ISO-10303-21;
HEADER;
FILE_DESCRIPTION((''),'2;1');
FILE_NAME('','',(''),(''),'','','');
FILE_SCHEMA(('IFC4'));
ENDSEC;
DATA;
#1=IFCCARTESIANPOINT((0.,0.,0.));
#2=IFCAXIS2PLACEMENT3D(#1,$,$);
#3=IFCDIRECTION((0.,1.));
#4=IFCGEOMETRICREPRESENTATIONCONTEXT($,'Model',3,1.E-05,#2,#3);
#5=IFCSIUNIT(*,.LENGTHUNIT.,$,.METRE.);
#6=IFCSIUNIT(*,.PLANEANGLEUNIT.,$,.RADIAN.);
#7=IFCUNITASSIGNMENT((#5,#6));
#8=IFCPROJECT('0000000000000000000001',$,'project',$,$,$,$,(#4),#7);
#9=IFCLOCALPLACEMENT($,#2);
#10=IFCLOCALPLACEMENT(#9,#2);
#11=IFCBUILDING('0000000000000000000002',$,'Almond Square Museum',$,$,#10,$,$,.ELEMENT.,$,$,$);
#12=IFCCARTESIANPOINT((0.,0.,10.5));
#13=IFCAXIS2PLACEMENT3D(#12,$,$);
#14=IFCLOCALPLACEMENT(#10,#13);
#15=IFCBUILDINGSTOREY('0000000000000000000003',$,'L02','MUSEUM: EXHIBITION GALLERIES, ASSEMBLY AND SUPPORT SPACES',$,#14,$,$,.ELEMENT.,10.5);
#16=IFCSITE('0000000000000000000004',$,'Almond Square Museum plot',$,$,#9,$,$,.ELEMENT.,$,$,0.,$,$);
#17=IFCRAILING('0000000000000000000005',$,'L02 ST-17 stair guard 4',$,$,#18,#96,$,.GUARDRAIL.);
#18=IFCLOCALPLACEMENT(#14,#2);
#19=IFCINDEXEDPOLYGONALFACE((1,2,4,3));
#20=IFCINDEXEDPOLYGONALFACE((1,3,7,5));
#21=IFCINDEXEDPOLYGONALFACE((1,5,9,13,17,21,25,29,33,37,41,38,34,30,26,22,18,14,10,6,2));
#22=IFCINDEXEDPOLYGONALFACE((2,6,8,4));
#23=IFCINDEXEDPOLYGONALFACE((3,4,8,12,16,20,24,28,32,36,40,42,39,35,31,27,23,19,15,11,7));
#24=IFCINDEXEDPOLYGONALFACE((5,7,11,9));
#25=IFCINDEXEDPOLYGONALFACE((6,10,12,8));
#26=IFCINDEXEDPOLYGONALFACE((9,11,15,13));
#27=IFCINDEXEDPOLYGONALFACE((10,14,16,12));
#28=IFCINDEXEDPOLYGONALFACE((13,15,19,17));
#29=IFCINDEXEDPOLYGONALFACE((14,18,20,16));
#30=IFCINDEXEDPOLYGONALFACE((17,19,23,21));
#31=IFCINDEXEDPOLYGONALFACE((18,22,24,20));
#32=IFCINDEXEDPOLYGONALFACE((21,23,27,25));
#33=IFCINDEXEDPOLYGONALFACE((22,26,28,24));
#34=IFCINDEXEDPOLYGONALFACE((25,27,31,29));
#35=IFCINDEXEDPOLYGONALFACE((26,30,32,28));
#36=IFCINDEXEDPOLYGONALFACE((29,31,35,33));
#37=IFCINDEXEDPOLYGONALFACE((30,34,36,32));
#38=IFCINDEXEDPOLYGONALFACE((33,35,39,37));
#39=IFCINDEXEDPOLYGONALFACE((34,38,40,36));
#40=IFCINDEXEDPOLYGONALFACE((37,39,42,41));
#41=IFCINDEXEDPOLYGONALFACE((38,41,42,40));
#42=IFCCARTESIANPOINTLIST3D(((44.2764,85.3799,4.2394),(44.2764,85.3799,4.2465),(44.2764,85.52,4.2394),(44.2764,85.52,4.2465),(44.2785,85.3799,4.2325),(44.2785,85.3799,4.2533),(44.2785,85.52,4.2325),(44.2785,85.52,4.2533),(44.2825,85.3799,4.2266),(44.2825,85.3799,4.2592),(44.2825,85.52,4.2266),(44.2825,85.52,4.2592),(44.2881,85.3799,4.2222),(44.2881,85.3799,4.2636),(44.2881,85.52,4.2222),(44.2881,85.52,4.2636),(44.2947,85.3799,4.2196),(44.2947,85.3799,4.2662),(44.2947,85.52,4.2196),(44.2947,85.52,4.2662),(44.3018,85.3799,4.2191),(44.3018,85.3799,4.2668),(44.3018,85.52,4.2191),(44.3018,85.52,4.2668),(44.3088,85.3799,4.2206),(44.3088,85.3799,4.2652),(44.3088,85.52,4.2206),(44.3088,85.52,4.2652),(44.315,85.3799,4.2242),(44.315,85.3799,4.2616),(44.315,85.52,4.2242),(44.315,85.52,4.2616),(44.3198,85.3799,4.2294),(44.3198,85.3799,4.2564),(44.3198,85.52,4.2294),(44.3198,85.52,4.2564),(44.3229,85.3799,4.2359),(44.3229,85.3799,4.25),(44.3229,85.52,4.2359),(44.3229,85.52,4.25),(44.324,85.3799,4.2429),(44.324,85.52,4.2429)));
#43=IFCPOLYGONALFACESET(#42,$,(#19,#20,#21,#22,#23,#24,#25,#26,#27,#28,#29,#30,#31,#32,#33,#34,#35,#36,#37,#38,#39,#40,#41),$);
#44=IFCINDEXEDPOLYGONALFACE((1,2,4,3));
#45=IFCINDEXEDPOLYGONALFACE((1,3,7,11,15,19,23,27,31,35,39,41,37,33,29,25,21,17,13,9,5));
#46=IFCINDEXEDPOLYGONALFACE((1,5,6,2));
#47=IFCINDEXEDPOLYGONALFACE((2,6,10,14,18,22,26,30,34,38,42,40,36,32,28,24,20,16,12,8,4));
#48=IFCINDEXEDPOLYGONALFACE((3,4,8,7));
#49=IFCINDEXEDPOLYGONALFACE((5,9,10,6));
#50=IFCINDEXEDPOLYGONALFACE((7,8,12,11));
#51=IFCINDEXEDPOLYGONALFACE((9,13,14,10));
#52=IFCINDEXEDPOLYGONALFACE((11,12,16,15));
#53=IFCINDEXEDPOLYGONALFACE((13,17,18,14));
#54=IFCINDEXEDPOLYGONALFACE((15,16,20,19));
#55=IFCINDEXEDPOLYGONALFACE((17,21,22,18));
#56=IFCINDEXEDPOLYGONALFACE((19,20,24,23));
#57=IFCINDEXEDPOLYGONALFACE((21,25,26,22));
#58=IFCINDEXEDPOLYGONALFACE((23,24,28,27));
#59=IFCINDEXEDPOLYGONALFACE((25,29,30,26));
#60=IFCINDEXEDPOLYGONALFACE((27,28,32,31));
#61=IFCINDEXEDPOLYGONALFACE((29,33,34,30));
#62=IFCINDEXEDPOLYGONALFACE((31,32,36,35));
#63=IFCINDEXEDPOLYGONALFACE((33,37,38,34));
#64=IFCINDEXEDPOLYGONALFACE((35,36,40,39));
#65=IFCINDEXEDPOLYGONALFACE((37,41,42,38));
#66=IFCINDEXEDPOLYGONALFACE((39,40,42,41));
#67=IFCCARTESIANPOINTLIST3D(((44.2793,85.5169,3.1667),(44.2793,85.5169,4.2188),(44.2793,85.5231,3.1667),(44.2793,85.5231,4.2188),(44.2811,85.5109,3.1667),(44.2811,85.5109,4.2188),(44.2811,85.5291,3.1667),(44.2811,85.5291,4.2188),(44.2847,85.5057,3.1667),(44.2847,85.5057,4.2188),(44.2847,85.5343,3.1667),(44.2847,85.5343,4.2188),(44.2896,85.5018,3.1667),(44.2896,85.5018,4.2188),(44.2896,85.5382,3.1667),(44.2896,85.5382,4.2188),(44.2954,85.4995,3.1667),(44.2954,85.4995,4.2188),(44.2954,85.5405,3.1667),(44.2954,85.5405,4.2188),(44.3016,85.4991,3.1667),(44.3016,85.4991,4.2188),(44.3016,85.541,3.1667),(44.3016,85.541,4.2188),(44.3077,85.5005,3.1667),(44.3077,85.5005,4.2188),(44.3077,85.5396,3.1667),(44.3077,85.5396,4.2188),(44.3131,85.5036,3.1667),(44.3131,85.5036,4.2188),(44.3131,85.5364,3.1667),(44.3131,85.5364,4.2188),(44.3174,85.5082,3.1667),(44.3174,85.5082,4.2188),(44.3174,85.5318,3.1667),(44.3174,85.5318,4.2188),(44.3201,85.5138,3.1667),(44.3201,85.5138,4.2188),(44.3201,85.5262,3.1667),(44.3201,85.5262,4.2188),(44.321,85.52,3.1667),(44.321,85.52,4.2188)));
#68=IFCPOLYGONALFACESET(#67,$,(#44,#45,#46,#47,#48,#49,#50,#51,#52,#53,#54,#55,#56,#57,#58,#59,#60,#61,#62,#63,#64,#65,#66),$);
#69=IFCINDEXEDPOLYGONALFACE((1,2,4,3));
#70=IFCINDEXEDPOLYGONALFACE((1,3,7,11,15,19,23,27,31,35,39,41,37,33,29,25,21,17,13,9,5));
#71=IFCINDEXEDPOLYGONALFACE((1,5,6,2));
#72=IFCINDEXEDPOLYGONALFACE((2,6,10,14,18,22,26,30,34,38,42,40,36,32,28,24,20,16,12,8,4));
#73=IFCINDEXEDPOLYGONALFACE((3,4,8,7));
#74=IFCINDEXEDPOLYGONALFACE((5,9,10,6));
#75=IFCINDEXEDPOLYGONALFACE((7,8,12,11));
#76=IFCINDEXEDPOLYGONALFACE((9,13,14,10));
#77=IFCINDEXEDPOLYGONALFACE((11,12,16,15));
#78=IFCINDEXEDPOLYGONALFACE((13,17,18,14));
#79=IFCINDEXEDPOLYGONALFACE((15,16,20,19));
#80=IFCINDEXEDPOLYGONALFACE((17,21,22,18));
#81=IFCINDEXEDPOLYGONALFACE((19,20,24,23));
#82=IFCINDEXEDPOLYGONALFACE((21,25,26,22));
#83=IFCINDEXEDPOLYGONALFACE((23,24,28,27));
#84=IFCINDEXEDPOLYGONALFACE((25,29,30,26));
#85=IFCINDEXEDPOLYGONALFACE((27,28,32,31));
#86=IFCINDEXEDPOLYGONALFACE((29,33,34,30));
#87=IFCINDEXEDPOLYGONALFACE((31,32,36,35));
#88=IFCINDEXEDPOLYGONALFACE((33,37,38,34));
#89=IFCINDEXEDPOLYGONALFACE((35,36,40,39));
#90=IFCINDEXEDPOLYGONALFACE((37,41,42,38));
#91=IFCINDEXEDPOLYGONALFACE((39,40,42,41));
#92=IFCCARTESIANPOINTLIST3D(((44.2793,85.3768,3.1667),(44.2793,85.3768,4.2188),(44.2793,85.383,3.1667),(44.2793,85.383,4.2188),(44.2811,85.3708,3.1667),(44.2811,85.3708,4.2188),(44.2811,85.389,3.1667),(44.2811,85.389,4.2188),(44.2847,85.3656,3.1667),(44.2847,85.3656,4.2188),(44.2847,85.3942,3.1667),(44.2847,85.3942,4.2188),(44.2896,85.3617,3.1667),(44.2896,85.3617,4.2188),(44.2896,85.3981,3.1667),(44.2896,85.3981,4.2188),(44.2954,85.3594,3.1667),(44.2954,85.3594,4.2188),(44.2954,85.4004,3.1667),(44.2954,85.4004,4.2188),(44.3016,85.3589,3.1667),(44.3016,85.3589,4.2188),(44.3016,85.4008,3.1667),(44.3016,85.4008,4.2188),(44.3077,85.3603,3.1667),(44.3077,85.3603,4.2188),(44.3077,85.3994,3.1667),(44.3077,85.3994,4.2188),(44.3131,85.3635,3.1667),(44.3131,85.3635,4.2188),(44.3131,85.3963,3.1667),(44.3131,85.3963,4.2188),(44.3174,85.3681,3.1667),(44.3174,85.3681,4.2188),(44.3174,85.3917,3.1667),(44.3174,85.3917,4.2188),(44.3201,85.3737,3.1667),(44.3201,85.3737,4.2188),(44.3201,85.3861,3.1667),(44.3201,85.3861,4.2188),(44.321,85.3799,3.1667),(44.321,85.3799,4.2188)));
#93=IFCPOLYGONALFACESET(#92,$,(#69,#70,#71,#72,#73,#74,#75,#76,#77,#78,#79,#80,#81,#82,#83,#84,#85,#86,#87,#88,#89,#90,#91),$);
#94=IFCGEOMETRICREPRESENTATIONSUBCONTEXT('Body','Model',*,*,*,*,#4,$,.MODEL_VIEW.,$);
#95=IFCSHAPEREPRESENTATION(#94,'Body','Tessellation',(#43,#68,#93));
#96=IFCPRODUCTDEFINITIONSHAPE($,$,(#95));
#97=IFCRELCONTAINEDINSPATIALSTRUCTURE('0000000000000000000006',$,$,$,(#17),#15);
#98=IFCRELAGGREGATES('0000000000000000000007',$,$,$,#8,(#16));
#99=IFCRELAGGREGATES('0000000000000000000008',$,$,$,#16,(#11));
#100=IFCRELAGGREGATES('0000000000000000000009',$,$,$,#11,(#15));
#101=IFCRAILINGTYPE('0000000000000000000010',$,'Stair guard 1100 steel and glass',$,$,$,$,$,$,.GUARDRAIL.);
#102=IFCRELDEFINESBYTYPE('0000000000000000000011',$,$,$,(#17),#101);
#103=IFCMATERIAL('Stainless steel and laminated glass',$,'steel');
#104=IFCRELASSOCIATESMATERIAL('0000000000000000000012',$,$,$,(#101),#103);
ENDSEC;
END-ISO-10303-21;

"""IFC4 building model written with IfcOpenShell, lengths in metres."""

from ifc_helpers import new_model, si_unit, direction, frame, origin, origin_2d, place, context, subcontext, project, spatial, circle, extrude, material, type_object, element, save


model = new_model("IFC4")

# Units and contexts
model_context = context("Model", 3, precision=1e-05, world=origin(), true_north=direction((0.0, 1.0)))
body_context = subcontext(model_context, "Body", "Model", "MODEL_VIEW")
ifc_project = project(units=[si_unit("LENGTHUNIT", "METRE"), si_unit("PLANEANGLEUNIT", "RADIAN")], contexts=[model_context])

# Site, building, storey
site_placement = place(None, origin())
site = spatial("IfcSite", under=ifc_project, at=site_placement, Name="Almond Square Museum plot", CompositionType="ELEMENT", RefElevation=0.0)
building_placement = place(site_placement, origin())
building = spatial("IfcBuilding", under=site, at=building_placement, Name="Almond Square Museum", CompositionType="ELEMENT")
storey_placement = place(building_placement, frame((0.0, 0.0, 10.5)))
storey = spatial("IfcBuildingStorey", under=building, at=storey_placement, Name="L02", Description="MUSEUM: EXHIBITION GALLERIES, ASSEMBLY AND SUPPORT SPACES", CompositionType="ELEMENT", Elevation=10.5)

# Railing
ifc_material_1 = material(Name="Stainless steel and laminated glass", Category="steel")
railing_type_1 = type_object("IfcRailingType", Name="Stair guard 1100 steel and glass", PredefinedType="GUARDRAIL", material=ifc_material_1)
railing_1_placement = place(storey_placement, frame((44.3, 85.52, 3.1667)))
element("IfcRailing", 1, at=railing_1_placement, inside=storey, type_object=railing_type_1, Name="L02 ST-17 stair guard 4", PredefinedType="GUARDRAIL", context=body_context, shape_type="SweptSolid", body=[
    extrude(circle(Radius=0.0239, at=origin_2d()), frame((0.0, 0.0, 1.0762), z_axis=(0.0, -1.0, 0.0), x_axis=(1.0, 0.0, 0.0)), (0.0, 0.0, 1.0), 0.1401),
    extrude(circle(Radius=0.021, at=origin_2d()), origin(), (0.0, 0.0, 1.0), 1.052),
    extrude(circle(Radius=0.021, at=origin_2d()), frame((0.0, -0.1401, 0.0)), (0.0, 0.0, 1.0), 1.052),
])

save(model, "model.ifc")
